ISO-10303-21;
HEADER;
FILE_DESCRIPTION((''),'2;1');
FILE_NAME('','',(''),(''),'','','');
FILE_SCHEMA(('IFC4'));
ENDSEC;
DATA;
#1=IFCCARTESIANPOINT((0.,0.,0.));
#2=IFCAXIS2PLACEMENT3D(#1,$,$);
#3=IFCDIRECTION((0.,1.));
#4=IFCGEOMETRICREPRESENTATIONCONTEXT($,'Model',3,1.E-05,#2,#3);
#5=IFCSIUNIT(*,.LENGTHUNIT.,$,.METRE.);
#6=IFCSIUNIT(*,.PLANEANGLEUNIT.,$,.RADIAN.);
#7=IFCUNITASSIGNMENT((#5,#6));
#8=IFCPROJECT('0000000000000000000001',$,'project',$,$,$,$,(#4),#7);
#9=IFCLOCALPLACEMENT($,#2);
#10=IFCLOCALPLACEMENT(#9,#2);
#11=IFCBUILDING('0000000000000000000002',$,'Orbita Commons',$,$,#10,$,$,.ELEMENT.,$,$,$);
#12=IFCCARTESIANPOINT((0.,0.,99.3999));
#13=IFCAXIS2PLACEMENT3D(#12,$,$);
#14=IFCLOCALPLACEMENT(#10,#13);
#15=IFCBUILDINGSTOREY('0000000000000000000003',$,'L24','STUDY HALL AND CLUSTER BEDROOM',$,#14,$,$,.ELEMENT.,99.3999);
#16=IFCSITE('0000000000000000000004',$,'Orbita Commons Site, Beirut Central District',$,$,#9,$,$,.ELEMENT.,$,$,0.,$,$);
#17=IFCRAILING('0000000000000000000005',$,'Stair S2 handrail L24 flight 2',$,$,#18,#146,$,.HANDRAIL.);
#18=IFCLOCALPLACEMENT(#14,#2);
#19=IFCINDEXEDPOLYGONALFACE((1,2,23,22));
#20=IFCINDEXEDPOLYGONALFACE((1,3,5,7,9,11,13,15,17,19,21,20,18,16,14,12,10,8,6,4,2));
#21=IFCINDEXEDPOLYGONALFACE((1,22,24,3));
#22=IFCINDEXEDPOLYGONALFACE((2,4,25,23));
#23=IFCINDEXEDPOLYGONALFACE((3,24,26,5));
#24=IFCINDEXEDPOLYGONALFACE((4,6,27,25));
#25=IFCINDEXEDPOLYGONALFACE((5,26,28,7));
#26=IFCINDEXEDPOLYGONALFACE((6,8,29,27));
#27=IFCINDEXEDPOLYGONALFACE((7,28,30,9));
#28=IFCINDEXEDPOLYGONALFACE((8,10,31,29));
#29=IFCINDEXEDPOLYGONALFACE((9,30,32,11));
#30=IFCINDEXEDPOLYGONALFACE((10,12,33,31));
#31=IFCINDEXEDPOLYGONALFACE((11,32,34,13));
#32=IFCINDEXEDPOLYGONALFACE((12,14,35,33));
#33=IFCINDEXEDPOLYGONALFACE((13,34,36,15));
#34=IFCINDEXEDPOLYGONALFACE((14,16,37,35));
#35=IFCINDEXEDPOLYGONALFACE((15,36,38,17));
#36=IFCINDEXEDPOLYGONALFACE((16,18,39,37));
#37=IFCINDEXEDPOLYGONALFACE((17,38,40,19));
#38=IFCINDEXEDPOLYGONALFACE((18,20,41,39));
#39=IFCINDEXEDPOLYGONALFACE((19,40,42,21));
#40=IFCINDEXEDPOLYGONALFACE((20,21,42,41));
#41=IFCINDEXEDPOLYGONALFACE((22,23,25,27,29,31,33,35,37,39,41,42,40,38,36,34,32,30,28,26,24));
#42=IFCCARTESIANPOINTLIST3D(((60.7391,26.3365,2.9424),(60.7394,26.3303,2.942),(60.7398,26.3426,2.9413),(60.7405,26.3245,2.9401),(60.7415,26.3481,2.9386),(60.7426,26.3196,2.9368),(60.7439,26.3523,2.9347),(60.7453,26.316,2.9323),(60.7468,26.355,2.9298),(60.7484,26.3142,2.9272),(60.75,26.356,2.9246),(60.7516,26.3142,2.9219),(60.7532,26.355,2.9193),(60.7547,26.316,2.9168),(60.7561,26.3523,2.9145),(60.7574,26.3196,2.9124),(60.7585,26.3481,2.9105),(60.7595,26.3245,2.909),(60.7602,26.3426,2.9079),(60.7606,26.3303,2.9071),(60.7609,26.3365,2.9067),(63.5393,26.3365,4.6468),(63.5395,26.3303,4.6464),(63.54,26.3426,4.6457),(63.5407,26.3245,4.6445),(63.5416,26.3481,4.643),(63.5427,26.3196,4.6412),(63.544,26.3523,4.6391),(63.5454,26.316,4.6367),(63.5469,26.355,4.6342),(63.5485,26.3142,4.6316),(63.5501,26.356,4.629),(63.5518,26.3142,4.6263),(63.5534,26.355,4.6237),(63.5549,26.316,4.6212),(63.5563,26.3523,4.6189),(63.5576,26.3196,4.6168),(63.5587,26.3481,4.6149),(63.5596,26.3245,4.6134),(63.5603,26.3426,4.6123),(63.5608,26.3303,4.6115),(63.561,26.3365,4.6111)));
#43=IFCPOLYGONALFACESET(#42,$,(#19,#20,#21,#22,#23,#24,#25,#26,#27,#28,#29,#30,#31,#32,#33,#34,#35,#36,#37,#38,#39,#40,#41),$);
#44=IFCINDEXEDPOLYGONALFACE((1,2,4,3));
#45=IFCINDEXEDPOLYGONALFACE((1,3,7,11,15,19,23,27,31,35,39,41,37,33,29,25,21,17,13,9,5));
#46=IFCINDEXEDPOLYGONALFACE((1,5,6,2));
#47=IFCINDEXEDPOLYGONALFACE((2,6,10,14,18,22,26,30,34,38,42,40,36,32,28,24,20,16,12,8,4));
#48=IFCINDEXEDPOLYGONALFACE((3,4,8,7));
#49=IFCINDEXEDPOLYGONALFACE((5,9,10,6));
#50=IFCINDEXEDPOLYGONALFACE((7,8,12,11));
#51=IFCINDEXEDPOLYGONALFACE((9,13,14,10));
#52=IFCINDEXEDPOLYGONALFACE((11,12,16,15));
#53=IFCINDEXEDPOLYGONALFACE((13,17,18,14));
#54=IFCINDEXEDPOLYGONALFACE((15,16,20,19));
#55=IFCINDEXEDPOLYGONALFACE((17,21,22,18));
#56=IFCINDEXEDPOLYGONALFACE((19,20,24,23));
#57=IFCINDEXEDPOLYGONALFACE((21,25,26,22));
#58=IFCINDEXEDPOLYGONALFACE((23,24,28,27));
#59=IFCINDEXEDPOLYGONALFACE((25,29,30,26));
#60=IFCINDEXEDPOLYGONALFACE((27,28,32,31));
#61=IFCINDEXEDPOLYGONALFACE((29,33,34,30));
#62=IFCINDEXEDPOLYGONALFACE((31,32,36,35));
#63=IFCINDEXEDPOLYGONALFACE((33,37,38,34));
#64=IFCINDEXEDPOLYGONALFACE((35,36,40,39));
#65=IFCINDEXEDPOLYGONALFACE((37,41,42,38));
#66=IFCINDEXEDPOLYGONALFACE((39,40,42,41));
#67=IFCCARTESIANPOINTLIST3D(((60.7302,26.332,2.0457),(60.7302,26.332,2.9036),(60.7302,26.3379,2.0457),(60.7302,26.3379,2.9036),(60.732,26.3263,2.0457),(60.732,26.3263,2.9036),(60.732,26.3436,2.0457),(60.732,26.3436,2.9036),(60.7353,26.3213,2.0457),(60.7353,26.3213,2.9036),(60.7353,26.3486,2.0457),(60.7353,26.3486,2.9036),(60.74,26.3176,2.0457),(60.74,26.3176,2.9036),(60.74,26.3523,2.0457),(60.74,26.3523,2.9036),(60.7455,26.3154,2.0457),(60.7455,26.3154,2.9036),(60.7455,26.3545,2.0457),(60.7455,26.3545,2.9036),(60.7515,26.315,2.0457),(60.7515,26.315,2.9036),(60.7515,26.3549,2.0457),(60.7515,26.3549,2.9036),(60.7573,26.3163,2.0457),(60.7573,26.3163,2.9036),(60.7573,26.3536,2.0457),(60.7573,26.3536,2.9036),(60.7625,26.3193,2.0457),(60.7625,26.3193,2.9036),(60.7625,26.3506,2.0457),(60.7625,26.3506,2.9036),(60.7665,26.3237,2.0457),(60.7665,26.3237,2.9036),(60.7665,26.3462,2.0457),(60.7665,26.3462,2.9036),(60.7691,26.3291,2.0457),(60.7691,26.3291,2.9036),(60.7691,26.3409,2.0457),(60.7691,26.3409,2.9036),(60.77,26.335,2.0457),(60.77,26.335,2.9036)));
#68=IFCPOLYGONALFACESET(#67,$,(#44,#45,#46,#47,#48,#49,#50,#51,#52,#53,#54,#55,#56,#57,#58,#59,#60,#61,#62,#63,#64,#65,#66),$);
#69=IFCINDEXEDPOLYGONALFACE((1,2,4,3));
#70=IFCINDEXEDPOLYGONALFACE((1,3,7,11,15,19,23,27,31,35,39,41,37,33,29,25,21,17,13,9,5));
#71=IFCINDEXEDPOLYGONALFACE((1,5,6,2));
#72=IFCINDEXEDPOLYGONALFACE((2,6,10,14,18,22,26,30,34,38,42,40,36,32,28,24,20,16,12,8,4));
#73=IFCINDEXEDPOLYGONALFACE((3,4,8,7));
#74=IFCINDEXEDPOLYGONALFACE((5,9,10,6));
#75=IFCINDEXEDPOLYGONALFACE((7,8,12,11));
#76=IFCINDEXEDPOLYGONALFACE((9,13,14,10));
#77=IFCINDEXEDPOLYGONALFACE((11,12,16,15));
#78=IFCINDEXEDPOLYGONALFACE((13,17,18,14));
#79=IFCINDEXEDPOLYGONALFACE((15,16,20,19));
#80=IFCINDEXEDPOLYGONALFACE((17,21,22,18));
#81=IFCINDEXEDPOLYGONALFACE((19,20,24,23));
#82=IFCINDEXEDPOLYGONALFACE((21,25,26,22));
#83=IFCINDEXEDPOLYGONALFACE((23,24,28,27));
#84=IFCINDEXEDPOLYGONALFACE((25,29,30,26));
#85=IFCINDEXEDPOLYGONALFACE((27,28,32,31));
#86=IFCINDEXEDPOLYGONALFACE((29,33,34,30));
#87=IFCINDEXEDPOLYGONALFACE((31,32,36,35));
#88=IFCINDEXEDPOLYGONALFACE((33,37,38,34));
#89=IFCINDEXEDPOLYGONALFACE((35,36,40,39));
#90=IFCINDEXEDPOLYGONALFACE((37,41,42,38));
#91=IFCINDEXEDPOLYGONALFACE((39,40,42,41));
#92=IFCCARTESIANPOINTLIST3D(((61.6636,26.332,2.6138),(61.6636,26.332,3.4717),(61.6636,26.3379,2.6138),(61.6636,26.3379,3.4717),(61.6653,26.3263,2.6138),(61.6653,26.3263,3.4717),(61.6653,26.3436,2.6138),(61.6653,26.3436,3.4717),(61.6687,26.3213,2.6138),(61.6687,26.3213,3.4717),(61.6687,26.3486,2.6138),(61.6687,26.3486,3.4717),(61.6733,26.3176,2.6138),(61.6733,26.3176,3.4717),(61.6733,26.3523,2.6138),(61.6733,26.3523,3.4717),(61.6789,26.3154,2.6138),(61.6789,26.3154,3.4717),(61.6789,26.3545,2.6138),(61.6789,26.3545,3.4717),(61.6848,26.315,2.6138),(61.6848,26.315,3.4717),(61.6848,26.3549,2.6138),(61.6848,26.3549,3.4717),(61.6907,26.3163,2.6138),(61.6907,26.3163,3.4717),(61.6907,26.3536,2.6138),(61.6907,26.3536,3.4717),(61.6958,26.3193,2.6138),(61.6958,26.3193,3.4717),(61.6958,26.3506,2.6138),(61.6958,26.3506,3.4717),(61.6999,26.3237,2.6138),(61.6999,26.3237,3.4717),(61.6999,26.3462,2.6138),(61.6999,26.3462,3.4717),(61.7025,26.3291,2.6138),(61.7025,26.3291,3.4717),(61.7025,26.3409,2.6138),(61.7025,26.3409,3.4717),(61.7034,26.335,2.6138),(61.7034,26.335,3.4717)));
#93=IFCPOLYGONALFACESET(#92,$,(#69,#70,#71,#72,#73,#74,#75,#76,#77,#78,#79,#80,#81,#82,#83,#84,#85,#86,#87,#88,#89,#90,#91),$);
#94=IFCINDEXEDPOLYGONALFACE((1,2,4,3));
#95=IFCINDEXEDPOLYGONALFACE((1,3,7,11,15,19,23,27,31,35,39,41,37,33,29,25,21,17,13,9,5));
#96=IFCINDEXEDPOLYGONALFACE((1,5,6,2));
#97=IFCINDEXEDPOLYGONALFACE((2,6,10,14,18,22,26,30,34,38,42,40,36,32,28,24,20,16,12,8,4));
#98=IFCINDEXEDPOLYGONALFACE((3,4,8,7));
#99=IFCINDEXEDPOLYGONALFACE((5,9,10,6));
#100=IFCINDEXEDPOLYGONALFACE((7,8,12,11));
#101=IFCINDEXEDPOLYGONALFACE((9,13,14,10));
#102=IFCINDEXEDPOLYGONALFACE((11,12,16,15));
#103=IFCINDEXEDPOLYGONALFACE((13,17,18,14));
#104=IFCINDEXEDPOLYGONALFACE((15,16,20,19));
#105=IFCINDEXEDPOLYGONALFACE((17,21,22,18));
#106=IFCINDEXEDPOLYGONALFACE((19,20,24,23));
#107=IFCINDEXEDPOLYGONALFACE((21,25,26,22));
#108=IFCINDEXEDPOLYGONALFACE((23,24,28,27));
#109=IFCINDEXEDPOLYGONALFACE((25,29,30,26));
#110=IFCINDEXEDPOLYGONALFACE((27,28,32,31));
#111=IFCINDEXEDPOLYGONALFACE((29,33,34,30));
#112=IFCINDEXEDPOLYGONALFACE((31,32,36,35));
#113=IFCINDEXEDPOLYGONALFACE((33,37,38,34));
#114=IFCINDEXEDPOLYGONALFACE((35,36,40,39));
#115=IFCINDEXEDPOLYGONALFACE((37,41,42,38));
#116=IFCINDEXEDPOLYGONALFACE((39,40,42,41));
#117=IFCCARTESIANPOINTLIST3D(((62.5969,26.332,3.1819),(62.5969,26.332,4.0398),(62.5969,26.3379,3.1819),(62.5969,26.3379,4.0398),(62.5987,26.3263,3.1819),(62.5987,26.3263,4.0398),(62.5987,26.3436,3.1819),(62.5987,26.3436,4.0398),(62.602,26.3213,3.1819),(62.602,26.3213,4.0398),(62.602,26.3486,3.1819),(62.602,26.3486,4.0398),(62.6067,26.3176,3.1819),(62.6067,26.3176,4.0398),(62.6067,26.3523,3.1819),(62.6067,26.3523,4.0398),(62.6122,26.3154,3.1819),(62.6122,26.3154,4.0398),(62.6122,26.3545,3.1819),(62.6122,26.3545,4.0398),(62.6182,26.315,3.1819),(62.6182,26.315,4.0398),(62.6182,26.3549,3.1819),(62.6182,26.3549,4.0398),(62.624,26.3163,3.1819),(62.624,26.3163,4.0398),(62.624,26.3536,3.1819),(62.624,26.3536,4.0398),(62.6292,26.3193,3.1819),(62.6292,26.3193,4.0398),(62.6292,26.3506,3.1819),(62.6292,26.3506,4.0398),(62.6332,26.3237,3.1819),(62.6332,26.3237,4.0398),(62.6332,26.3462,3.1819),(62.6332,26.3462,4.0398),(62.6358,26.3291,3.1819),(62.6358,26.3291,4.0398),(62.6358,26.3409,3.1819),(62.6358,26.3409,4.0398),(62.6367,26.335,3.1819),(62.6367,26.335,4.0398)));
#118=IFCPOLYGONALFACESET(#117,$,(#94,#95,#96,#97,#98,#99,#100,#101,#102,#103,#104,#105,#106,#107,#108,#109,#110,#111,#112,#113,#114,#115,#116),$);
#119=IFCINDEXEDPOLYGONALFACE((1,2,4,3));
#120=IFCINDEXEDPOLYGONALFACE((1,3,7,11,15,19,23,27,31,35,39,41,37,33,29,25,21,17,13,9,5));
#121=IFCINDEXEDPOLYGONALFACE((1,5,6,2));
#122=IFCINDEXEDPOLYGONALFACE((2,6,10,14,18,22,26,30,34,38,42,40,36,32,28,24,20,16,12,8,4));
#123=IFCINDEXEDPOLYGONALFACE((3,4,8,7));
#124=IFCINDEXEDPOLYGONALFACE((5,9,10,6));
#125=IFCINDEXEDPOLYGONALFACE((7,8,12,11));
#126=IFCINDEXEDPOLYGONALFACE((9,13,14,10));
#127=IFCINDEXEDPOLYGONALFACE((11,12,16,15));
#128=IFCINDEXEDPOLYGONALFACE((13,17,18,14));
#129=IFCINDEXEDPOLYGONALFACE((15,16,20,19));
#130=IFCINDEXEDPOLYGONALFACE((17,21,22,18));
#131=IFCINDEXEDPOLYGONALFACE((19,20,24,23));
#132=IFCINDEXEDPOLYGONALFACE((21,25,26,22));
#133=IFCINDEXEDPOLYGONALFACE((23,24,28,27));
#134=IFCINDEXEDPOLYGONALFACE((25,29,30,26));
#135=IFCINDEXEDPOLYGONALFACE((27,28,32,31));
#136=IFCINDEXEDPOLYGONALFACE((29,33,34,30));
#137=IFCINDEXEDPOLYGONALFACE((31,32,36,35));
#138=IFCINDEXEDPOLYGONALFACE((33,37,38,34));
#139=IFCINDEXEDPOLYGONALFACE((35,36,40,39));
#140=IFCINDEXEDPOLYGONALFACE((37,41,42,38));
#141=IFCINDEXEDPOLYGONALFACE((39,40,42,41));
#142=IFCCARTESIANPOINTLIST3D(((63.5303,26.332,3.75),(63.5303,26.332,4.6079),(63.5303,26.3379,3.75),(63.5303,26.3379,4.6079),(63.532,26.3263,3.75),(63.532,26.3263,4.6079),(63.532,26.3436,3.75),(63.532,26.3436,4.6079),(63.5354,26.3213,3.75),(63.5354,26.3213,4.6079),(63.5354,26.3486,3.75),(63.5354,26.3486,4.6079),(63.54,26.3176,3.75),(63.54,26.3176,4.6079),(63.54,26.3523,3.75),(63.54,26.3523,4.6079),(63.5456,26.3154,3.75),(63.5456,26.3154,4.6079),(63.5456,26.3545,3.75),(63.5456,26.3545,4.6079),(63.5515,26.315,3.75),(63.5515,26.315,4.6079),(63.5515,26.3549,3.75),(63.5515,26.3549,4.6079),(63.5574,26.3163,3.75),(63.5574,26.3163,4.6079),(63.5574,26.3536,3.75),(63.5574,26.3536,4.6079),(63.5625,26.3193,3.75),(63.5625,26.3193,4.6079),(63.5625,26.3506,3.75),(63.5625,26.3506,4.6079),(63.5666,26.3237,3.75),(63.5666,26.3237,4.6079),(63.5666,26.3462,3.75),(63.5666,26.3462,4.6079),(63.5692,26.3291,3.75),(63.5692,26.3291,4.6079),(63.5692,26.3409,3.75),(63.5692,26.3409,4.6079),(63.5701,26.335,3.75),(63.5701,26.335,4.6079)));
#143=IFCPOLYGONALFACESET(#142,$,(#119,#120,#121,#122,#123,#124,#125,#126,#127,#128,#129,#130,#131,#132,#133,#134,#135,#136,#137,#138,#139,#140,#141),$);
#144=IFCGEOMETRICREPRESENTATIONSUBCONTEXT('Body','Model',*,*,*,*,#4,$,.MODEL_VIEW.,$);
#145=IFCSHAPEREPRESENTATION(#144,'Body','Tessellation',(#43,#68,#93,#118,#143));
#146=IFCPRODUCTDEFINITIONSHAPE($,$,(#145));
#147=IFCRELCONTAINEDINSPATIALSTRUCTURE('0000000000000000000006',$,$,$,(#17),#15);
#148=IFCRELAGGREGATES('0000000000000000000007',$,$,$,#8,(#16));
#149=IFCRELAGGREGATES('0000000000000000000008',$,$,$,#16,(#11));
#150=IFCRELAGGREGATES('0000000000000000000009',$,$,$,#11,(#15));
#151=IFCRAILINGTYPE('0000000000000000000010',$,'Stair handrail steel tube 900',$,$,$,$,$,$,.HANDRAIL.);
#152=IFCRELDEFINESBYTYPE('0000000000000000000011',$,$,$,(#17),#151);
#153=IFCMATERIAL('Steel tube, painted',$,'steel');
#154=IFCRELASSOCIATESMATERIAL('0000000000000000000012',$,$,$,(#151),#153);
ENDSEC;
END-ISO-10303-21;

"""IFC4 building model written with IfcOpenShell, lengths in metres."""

from ifc_helpers import new_model, si_unit, direction, frame, origin, origin_2d, place, context, subcontext, project, spatial, circle, extrude, material, type_object, element, save


model = new_model("IFC4")

# Units and contexts
model_context = context("Model", 3, precision=1e-05, world=origin(), true_north=direction((0.0, 1.0)))
body_context = subcontext(model_context, "Body", "Model", "MODEL_VIEW")
ifc_project = project(units=[si_unit("LENGTHUNIT", "METRE"), si_unit("PLANEANGLEUNIT", "RADIAN")], contexts=[model_context])

# Site, building, storey
site_placement = place(None, origin())
site = spatial("IfcSite", under=ifc_project, at=site_placement, Name="Orbita Commons Site, Beirut Central District", CompositionType="ELEMENT", RefElevation=0.0)
building_placement = place(site_placement, origin())
building = spatial("IfcBuilding", under=site, at=building_placement, Name="Orbita Commons", CompositionType="ELEMENT")
storey_placement = place(building_placement, frame((0.0, 0.0, 99.3999)))
storey = spatial("IfcBuildingStorey", under=building, at=storey_placement, Name="L24", Description="STUDY HALL AND CLUSTER BEDROOM", CompositionType="ELEMENT", Elevation=99.3999)

# Railing
ifc_material_1 = material(Name="Steel tube, painted", Category="steel")
railing_type = type_object("IfcRailingType", Name="Stair handrail steel tube 900", PredefinedType="HANDRAIL", material=ifc_material_1)
for number, where, name in (
    (1, (60.75, 26.335, 2.0457), "Stair S2 handrail L24 flight 2"),
):
    element("IfcRailing", number, at=place(storey_placement, frame(where)), inside=storey, type_object=railing_type, Name=name, PredefinedType="HANDRAIL", context=body_context, shape_type="SweptSolid", body=[
        extrude(circle(Radius=0.021, at=origin_2d()), frame((0.0, 0.0, 0.8789), z_axis=(0.854203, 0.0, 0.51994), x_axis=(0.0, 1.0, 0.0)), (0.0, 0.0, 1.0), 3.2781),
        extrude(circle(Radius=0.02, at=origin_2d()), origin(), (0.0, 0.0, 1.0), 0.8579),
        extrude(circle(Radius=0.02, at=origin_2d()), frame((0.9333, 0.0, 0.5681)), (0.0, 0.0, 1.0), 0.8579),
        extrude(circle(Radius=0.02, at=origin_2d()), frame((1.8667, 0.0, 1.1362)), (0.0, 0.0, 1.0), 0.8579),
        extrude(circle(Radius=0.02, at=origin_2d()), frame((2.8, 0.0, 1.7043)), (0.0, 0.0, 1.0), 0.8579),
    ])

save(model, "model.ifc")
